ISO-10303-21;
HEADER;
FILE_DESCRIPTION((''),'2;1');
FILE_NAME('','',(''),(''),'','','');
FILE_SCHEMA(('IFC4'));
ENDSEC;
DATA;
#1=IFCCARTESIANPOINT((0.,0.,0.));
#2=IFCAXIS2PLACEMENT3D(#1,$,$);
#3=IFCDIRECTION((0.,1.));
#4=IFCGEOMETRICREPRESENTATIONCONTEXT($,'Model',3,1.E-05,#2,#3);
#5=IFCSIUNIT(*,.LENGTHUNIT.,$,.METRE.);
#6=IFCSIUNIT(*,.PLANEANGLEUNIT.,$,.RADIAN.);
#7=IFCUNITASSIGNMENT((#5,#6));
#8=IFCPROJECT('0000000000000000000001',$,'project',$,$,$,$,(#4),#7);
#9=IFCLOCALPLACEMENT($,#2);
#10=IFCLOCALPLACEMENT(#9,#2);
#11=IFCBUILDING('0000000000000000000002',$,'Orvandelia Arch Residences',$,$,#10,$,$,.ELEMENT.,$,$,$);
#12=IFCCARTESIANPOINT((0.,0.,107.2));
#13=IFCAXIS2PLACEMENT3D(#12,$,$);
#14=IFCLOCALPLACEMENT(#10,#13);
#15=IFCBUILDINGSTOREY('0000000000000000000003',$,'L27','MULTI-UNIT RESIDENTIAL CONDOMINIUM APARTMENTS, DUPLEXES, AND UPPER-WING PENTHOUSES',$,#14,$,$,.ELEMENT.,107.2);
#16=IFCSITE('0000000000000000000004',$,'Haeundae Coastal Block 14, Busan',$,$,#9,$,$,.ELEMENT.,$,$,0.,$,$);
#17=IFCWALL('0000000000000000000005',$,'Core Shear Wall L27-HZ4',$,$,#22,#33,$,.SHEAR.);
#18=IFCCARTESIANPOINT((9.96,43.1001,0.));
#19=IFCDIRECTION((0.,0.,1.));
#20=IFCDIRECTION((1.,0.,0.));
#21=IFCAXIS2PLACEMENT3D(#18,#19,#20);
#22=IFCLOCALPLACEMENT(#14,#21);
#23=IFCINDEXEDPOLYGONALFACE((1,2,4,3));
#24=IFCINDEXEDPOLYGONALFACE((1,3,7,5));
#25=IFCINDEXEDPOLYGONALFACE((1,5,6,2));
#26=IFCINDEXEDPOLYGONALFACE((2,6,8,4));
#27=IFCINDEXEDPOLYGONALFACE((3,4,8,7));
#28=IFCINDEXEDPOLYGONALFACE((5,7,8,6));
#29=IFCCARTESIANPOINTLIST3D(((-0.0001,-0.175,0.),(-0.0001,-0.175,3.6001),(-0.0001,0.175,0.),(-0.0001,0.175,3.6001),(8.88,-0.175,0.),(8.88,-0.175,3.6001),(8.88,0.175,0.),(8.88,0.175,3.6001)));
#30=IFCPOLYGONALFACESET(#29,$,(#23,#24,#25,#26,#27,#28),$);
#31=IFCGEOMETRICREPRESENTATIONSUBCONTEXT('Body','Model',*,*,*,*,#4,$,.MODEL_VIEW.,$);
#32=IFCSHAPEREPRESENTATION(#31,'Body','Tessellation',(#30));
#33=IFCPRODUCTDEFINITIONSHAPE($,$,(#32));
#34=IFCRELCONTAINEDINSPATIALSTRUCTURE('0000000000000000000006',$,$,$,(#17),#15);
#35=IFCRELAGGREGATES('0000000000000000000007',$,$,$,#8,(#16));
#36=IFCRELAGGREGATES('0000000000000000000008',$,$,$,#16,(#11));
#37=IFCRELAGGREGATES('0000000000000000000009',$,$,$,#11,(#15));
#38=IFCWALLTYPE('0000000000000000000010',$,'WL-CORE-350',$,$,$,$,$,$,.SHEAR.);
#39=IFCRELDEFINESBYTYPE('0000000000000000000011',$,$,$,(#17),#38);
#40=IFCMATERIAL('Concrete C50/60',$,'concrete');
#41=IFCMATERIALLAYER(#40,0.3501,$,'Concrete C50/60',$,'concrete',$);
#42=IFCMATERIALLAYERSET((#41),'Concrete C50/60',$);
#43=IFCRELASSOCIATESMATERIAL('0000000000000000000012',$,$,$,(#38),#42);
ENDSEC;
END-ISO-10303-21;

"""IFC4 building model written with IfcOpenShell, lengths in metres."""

from ifc_helpers import new_model, si_unit, direction, frame, frame_2d, origin, place, context, subcontext, project, spatial, rectangle, extrude, material, layer, layer_set, type_object, element, save


model = new_model("IFC4")

# Units and contexts
model_context = context("Model", 3, precision=1e-05, world=origin(), true_north=direction((0.0, 1.0)))
body_context = subcontext(model_context, "Body", "Model", "MODEL_VIEW")
ifc_project = project(units=[si_unit("LENGTHUNIT", "METRE"), si_unit("PLANEANGLEUNIT", "RADIAN")], contexts=[model_context])

# Site, building, storey
site_placement = place(None, origin())
site = spatial("IfcSite", under=ifc_project, at=site_placement, Name="Haeundae Coastal Block 14, Busan", CompositionType="ELEMENT", RefElevation=0.0)
building_placement = place(site_placement, origin())
building = spatial("IfcBuilding", under=site, at=building_placement, Name="Orvandelia Arch Residences", CompositionType="ELEMENT")
storey_placement = place(building_placement, frame((0.0, 0.0, 107.2)))
storey = spatial("IfcBuildingStorey", under=building, at=storey_placement, Name="L27", Description="MULTI-UNIT RESIDENTIAL CONDOMINIUM APARTMENTS, DUPLEXES, AND UPPER-WING PENTHOUSES", CompositionType="ELEMENT", Elevation=107.2)

# Wall
ifc_material_1 = material(Name="Concrete C50/60", Category="concrete")
ifc_layer_1 = layer(ifc_material_1, 0.3501, Name="Concrete C50/60", Category="concrete")
ifc_layer_set_1 = layer_set([ifc_layer_1], Name="Concrete C50/60")
wall_type_1 = type_object("IfcWallType", Name="WL-CORE-350", PredefinedType="SHEAR", material=ifc_layer_set_1)
wall_1_placement = place(storey_placement, frame((9.96, 43.1001, 0.0), z_axis=(0.0, 0.0, 1.0), x_axis=(1.0, 0.0, 0.0)))
element("IfcWall", 1, at=wall_1_placement, inside=storey, type_object=wall_type_1, Name="Core Shear Wall L27-HZ4", PredefinedType="SHEAR", context=body_context, shape_type="SweptSolid", body=[
    extrude(rectangle(XDim=8.8801, YDim=0.3501, at=frame_2d((4.4399, 0.0))), origin(), (0.0, 0.0, 1.0), 3.6001),
])

save(model, "model.ifc")
